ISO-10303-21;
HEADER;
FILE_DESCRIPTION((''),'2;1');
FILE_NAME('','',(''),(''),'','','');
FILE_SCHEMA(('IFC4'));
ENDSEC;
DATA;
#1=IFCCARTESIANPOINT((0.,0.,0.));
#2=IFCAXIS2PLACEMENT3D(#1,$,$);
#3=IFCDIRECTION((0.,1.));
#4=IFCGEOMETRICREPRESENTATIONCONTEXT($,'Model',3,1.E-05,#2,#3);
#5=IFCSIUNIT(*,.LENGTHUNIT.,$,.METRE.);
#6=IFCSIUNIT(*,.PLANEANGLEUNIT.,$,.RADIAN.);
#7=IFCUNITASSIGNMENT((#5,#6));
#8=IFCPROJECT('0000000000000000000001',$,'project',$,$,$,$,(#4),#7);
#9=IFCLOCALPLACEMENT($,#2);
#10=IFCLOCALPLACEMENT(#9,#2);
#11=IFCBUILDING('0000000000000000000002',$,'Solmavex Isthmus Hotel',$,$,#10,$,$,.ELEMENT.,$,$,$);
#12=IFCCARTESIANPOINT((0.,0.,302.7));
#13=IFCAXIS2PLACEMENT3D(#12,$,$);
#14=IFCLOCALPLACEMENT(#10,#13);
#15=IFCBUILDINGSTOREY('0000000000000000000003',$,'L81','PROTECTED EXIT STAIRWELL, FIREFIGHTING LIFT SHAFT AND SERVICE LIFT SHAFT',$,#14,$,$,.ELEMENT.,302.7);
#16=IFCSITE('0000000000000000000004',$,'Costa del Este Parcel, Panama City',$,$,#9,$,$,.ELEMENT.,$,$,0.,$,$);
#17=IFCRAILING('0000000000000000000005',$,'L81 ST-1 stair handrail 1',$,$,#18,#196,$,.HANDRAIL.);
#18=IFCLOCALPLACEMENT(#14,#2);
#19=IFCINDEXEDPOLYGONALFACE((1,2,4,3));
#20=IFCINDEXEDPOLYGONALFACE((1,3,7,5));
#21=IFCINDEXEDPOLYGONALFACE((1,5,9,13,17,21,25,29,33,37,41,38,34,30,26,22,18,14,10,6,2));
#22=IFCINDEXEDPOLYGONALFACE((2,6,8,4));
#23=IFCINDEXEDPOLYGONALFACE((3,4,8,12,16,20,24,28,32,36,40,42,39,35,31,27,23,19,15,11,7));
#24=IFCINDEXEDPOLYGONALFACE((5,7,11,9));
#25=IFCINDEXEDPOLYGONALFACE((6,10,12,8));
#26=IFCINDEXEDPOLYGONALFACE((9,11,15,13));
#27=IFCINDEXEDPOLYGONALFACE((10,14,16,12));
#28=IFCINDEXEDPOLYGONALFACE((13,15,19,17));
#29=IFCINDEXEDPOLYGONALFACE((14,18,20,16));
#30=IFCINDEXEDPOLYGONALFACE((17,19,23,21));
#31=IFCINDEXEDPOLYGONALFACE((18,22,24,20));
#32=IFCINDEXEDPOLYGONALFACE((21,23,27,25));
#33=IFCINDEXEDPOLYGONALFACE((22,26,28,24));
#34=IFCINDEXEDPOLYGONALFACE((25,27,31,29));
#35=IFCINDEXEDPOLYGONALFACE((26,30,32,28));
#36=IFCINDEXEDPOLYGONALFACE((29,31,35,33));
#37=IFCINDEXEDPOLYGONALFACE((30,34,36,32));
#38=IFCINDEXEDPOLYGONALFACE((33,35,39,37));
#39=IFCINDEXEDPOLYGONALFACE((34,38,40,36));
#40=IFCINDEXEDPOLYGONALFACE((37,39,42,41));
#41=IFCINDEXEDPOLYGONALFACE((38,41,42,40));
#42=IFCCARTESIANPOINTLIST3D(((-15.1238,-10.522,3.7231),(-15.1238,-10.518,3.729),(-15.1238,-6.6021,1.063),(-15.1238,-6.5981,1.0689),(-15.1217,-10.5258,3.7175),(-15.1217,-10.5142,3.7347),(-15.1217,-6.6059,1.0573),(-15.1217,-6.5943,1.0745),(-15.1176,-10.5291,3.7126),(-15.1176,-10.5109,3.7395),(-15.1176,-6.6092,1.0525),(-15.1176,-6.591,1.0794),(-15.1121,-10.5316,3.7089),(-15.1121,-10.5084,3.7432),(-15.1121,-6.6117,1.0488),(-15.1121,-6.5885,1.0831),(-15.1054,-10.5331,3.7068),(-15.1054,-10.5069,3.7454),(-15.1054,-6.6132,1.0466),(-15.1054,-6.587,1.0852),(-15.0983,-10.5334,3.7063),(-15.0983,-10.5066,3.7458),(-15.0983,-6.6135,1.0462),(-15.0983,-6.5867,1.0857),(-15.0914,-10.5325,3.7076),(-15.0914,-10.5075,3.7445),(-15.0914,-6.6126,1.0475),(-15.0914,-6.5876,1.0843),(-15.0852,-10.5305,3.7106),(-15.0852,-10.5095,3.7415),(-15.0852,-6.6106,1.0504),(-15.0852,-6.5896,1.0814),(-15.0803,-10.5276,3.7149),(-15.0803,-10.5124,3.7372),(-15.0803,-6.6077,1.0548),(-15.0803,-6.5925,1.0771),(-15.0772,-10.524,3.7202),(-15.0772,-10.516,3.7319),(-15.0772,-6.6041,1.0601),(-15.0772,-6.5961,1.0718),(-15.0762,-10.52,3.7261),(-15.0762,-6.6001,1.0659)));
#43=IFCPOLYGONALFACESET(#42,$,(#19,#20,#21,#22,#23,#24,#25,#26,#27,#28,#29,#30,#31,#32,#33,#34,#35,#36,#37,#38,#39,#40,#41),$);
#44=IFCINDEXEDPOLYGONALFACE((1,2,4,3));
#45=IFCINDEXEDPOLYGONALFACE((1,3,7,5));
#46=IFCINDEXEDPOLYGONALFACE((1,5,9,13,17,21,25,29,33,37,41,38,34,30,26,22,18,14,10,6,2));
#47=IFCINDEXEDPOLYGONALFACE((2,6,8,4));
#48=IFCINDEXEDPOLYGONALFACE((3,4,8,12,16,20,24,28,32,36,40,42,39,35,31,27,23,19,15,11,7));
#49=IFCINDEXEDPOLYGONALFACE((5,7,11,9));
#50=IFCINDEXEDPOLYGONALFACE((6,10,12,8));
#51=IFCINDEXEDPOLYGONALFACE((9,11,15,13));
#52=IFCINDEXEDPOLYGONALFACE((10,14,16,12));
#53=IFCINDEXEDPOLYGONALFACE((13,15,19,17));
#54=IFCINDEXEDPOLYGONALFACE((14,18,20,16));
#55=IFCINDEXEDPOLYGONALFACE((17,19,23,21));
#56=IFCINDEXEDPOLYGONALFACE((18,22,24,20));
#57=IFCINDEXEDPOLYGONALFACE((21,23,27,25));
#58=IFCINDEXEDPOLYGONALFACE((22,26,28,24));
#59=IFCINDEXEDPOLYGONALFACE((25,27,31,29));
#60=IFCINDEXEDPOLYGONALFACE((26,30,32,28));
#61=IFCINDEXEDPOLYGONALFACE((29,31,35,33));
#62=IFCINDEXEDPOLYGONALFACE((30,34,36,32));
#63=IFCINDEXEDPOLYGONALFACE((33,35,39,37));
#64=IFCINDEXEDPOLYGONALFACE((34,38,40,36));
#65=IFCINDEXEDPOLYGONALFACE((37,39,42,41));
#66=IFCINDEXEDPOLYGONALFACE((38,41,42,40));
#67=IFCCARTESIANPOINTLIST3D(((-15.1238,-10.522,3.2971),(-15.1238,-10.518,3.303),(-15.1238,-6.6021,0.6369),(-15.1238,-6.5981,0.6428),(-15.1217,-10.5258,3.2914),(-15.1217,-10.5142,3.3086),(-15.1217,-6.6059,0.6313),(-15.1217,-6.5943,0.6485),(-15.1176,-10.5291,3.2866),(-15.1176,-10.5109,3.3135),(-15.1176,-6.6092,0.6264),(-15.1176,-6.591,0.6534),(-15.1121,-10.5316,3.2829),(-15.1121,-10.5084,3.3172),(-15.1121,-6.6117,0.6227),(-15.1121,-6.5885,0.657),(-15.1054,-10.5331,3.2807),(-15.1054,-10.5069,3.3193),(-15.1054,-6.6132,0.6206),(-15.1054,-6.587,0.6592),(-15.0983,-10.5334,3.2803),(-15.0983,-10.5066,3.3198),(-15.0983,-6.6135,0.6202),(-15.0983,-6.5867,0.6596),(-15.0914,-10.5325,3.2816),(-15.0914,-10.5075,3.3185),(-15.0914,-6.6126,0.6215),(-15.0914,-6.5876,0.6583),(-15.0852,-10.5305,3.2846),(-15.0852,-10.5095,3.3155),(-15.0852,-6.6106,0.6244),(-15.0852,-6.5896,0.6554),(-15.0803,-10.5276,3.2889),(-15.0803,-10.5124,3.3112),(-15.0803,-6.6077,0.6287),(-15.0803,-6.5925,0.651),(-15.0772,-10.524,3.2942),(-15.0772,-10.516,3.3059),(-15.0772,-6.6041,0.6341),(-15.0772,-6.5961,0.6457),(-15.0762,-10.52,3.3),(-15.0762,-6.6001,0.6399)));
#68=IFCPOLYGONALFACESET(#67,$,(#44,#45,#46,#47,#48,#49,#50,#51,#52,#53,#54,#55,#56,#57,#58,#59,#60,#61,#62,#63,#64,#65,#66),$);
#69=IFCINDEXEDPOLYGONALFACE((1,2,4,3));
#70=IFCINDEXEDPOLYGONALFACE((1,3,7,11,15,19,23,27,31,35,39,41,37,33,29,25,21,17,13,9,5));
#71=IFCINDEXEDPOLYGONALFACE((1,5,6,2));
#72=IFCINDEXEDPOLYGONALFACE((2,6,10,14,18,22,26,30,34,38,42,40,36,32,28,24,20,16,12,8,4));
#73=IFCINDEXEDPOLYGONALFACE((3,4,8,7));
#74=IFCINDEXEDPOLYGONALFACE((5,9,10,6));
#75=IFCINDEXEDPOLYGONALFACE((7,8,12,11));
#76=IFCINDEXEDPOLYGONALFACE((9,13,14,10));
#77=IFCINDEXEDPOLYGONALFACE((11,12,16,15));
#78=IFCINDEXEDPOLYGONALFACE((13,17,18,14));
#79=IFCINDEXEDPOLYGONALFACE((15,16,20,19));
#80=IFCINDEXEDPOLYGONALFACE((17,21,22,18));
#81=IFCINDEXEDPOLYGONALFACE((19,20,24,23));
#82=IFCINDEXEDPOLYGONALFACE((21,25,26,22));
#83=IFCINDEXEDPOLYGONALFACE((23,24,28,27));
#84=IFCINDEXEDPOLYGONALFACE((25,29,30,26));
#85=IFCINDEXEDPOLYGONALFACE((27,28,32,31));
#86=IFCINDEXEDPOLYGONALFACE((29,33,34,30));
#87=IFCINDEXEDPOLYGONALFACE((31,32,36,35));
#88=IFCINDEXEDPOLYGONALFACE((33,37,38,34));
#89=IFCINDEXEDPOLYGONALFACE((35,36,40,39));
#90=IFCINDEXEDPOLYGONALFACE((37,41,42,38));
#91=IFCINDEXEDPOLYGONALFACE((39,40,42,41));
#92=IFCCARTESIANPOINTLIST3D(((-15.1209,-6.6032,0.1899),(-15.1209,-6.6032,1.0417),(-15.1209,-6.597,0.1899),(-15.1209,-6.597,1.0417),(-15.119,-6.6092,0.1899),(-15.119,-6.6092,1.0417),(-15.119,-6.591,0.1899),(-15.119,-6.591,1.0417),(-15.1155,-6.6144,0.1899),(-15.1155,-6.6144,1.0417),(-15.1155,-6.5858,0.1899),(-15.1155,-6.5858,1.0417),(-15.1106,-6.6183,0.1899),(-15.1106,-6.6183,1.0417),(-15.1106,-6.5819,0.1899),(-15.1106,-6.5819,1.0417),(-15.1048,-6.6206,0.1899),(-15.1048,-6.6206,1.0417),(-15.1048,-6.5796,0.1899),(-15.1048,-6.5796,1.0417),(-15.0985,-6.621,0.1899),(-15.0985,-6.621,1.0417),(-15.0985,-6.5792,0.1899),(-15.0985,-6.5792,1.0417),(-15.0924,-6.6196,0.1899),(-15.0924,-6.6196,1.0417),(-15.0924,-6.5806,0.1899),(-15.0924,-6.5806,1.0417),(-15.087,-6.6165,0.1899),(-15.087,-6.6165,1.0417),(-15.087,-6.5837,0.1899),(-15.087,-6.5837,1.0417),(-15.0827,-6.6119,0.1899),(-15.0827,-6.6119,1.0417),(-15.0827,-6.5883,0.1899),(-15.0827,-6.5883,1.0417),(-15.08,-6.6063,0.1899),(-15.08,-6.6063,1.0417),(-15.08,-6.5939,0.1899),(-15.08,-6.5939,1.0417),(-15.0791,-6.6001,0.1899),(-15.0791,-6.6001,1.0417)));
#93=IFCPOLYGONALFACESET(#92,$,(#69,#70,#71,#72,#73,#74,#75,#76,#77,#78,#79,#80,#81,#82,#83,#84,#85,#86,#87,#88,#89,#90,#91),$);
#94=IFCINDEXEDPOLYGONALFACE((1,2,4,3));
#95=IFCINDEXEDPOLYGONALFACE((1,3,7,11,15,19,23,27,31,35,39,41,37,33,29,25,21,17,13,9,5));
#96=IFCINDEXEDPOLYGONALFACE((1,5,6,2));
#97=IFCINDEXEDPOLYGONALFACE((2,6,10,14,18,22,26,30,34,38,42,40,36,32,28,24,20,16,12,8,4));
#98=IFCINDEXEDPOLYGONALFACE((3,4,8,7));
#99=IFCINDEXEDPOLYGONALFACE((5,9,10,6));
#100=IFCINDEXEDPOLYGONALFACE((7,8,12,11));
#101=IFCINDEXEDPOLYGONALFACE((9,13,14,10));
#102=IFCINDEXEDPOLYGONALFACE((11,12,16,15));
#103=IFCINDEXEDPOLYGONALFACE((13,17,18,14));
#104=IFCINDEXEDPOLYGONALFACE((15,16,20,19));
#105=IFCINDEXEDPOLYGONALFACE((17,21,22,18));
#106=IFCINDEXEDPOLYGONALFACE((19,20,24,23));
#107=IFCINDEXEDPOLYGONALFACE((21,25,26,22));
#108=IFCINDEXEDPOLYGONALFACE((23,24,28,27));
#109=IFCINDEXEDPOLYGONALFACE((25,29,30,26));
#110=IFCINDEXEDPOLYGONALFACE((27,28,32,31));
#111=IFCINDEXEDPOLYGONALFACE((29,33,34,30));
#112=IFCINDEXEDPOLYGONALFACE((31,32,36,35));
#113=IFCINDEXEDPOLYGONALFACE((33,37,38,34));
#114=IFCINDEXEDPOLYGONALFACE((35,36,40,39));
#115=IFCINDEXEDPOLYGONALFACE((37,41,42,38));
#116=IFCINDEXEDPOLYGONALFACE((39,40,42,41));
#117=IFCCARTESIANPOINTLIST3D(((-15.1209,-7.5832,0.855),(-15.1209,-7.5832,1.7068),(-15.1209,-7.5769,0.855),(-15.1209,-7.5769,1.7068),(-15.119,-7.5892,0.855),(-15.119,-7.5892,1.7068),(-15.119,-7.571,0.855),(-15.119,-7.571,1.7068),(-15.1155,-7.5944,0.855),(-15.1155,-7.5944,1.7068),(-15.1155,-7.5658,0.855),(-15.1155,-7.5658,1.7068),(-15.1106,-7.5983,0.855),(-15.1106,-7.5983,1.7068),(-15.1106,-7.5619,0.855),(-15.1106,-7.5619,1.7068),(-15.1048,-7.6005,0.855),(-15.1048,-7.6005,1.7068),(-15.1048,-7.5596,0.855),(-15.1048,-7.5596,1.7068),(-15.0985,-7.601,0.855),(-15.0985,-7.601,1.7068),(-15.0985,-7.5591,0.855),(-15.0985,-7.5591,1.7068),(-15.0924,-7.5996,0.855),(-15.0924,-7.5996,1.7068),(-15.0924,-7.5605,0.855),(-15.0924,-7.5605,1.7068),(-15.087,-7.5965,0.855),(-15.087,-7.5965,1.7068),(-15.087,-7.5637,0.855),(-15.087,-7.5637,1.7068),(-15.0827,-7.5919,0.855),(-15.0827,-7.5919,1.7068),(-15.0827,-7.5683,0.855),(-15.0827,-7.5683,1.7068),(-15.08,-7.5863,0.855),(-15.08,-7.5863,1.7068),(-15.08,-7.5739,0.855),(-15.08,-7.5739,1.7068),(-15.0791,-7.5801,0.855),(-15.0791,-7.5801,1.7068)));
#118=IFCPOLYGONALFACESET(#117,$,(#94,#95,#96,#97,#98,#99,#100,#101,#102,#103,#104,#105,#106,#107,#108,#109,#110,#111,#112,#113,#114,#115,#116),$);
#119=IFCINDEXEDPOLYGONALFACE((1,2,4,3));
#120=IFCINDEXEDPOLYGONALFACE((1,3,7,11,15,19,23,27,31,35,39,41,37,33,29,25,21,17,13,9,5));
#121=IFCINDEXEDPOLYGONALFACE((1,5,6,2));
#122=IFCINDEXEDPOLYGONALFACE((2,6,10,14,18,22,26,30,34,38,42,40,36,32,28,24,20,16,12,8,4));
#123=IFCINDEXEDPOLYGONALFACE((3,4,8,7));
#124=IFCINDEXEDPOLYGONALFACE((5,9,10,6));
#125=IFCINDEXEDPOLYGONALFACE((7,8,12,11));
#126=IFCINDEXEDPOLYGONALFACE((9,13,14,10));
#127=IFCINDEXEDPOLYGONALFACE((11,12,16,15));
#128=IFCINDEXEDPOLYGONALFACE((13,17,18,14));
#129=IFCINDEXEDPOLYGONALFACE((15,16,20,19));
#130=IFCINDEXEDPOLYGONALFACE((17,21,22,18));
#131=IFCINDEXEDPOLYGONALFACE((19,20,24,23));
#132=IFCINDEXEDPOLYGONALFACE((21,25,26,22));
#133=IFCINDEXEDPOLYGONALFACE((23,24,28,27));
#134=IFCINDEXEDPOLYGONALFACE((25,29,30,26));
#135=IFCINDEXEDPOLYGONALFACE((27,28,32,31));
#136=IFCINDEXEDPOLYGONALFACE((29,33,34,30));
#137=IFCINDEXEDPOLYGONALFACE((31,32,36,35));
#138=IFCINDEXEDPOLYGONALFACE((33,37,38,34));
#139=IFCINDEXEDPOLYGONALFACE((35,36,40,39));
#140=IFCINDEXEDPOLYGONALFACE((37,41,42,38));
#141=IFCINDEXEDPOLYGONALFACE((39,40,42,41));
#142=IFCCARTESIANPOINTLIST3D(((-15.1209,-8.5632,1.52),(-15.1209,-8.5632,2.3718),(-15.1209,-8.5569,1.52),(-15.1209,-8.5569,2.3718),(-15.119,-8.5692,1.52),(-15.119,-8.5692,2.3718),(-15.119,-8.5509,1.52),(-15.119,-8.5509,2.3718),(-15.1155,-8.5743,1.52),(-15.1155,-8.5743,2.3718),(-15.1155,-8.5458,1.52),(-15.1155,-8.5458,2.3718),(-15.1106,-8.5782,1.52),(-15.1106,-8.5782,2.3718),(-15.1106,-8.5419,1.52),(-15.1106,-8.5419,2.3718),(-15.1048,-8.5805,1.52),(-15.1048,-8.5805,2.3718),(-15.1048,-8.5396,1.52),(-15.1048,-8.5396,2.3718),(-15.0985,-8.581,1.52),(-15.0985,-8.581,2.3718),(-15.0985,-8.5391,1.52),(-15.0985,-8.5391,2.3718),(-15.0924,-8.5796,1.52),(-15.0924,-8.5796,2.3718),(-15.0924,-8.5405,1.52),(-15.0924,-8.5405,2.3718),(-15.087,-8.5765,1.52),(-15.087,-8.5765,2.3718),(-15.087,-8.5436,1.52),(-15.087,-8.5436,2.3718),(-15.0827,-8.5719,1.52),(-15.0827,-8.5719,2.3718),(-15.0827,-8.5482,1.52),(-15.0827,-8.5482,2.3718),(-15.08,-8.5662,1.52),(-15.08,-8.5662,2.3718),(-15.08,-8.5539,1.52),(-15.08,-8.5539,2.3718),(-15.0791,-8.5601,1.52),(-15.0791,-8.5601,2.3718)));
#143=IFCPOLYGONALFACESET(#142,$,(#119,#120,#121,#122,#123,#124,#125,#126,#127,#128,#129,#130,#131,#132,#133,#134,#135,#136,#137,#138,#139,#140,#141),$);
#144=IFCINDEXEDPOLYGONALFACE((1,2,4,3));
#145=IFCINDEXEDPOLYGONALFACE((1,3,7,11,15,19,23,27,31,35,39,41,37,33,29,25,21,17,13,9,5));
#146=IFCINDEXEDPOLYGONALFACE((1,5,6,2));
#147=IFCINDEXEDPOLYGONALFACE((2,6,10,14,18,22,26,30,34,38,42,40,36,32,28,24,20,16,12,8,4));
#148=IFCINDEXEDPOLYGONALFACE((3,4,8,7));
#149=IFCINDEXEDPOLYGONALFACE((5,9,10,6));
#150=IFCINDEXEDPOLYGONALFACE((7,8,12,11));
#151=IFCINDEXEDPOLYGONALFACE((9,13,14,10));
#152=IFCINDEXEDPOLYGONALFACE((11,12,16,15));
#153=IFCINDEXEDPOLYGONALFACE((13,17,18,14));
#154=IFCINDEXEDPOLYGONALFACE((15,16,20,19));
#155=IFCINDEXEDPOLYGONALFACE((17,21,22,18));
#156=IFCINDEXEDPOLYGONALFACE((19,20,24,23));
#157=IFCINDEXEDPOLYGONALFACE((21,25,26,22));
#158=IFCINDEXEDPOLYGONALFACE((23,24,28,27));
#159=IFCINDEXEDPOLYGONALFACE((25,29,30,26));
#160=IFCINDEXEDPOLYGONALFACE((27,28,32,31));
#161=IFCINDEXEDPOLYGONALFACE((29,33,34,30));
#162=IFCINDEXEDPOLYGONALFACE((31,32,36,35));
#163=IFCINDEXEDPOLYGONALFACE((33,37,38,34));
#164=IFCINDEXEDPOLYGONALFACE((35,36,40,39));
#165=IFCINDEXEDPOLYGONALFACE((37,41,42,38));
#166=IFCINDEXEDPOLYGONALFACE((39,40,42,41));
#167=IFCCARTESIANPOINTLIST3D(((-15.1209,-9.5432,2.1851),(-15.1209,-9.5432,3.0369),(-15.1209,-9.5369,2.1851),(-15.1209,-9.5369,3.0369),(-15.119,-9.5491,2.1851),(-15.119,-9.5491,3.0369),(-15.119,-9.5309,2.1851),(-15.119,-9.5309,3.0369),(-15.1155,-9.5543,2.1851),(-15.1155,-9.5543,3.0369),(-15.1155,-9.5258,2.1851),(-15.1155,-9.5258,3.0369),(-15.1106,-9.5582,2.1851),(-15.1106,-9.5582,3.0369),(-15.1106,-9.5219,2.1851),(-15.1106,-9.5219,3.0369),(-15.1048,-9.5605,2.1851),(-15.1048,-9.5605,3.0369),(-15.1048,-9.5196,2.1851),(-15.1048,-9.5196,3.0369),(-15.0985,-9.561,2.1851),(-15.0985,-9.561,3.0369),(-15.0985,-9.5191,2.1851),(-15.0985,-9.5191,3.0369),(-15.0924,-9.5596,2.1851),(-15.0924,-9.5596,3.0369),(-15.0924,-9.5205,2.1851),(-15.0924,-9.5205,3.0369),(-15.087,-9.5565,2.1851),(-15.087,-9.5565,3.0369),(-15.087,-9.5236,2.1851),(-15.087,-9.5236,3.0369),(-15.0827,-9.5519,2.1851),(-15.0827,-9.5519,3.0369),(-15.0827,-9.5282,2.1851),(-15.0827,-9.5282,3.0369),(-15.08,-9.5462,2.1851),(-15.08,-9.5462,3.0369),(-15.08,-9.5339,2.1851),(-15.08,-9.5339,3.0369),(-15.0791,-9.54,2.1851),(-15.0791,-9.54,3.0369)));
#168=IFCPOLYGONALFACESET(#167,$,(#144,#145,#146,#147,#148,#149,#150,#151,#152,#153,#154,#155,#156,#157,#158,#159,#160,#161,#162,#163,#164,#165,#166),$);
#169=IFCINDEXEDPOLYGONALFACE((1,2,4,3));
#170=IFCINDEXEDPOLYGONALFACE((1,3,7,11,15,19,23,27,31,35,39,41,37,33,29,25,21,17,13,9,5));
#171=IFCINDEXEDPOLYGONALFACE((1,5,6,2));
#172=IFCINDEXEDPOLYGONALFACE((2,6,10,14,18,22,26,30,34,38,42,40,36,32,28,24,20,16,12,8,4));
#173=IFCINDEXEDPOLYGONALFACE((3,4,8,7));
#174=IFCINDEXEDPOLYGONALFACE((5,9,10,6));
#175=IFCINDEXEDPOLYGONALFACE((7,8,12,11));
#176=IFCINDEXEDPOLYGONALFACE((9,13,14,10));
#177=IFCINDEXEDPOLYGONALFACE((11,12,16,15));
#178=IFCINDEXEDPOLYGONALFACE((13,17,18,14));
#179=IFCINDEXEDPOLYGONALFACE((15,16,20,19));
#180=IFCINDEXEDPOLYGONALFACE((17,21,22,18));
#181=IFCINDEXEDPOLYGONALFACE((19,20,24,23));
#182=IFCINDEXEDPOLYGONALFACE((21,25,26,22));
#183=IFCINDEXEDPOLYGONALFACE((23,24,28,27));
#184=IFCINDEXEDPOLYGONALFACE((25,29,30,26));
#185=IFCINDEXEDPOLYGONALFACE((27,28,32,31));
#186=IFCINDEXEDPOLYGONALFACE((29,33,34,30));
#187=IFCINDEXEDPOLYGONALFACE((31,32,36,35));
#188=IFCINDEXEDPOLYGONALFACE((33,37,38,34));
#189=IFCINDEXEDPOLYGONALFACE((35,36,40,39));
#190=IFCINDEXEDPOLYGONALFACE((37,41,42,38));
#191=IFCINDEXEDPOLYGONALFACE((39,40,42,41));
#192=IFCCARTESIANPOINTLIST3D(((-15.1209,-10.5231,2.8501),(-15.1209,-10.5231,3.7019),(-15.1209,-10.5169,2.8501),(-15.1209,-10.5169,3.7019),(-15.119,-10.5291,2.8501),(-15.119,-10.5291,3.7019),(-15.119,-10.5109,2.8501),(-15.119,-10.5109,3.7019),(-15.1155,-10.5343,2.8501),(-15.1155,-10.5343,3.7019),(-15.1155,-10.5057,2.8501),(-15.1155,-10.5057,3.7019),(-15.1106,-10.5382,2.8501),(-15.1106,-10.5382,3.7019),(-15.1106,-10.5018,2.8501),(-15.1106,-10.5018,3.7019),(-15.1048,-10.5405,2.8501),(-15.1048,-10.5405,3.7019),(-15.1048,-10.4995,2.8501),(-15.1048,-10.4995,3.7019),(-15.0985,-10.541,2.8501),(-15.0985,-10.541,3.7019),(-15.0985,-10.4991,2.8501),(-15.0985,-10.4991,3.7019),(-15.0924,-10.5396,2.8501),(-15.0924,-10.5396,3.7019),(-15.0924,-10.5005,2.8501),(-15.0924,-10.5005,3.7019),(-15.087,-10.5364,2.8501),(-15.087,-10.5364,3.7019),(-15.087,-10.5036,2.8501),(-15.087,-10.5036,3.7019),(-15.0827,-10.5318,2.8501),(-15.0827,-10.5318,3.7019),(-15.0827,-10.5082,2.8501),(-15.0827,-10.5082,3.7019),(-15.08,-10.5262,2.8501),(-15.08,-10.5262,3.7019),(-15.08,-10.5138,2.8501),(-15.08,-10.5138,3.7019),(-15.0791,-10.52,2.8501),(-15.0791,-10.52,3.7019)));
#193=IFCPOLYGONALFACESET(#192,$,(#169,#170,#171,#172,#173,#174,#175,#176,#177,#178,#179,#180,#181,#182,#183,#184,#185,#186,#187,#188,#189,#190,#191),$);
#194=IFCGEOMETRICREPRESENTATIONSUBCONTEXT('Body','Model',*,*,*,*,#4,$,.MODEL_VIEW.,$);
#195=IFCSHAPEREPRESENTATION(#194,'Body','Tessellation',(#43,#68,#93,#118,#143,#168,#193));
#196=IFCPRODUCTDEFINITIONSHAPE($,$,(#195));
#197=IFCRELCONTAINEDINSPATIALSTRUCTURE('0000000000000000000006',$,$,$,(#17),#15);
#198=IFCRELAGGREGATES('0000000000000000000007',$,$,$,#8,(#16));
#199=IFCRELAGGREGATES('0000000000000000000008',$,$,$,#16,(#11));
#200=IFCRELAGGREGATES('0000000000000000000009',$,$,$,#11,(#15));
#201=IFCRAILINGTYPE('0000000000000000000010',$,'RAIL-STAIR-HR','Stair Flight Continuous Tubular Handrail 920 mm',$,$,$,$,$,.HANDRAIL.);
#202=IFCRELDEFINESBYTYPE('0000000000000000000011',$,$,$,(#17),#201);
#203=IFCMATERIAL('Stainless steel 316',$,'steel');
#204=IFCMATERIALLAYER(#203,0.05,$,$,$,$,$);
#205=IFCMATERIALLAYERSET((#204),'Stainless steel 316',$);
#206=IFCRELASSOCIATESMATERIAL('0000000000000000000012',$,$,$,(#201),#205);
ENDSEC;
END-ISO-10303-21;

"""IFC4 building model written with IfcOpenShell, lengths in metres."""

from ifc_helpers import new_model, si_unit, direction, frame, origin, origin_2d, place, context, subcontext, project, spatial, circle, extrude, material, layer, layer_set, type_object, element, save


model = new_model("IFC4")

# Units and contexts
model_context = context("Model", 3, precision=1e-05, world=origin(), true_north=direction((0.0, 1.0)))
body_context = subcontext(model_context, "Body", "Model", "MODEL_VIEW")
ifc_project = project(units=[si_unit("LENGTHUNIT", "METRE"), si_unit("PLANEANGLEUNIT", "RADIAN")], contexts=[model_context])

# Site, building, storey
site_placement = place(None, origin())
site = spatial("IfcSite", under=ifc_project, at=site_placement, Name="Costa del Este Parcel, Panama City", CompositionType="ELEMENT", RefElevation=0.0)
building_placement = place(site_placement, origin())
building = spatial("IfcBuilding", under=site, at=building_placement, Name="Solmavex Isthmus Hotel", CompositionType="ELEMENT")
storey_placement = place(building_placement, frame((0.0, 0.0, 302.7)))
storey = spatial("IfcBuildingStorey", under=building, at=storey_placement, Name="L81", Description="PROTECTED EXIT STAIRWELL, FIREFIGHTING LIFT SHAFT AND SERVICE LIFT SHAFT", CompositionType="ELEMENT", Elevation=302.7)

# Railing
ifc_material_1 = material(Name="Stainless steel 316", Category="steel")
ifc_layer_1 = layer(ifc_material_1, 0.05)
ifc_layer_set_1 = layer_set([ifc_layer_1], Name="Stainless steel 316")
railing_type = type_object("IfcRailingType", Name="RAIL-STAIR-HR", Description="Stair Flight Continuous Tubular Handrail 920 mm", PredefinedType="HANDRAIL", material=ifc_layer_set_1)
railing_placement = place(storey_placement, frame((-15.1001, -6.6001, 0.1899)))
element("IfcRailing", 1, at=railing_placement, inside=storey, type_object=railing_type, Name="L81 ST-1 stair handrail 1", PredefinedType="HANDRAIL", context=body_context, shape_type="SweptSolid", body=[
    extrude(circle(Radius=0.0239, at=origin_2d()), frame((0.0, 0.0, 0.876), z_axis=(0.0, -0.827455, 0.561532), x_axis=(1.0, 0.0, 0.0)), (0.0, 0.0, 1.0), 4.7373),
    extrude(circle(Radius=0.0239, at=origin_2d()), frame((0.0, 0.0, 0.45), z_axis=(0.0, -0.827455, 0.561532), x_axis=(1.0, 0.0, 0.0)), (0.0, 0.0, 1.0), 4.7373),
    extrude(circle(Radius=0.021, at=origin_2d()), origin(), (0.0, 0.0, 1.0), 0.8518),
    extrude(circle(Radius=0.021, at=origin_2d()), frame((0.0, -0.98, 0.665)), (0.0, 0.0, 1.0), 0.8518),
    extrude(circle(Radius=0.021, at=origin_2d()), frame((0.0, -1.96, 1.3301)), (0.0, 0.0, 1.0), 0.8518),
    extrude(circle(Radius=0.021, at=origin_2d()), frame((0.0, -2.9399, 1.9951)), (0.0, 0.0, 1.0), 0.8518),
    extrude(circle(Radius=0.021, at=origin_2d()), frame((0.0, -3.9199, 2.6602)), (0.0, 0.0, 1.0), 0.8518),
])

save(model, "model.ifc")
